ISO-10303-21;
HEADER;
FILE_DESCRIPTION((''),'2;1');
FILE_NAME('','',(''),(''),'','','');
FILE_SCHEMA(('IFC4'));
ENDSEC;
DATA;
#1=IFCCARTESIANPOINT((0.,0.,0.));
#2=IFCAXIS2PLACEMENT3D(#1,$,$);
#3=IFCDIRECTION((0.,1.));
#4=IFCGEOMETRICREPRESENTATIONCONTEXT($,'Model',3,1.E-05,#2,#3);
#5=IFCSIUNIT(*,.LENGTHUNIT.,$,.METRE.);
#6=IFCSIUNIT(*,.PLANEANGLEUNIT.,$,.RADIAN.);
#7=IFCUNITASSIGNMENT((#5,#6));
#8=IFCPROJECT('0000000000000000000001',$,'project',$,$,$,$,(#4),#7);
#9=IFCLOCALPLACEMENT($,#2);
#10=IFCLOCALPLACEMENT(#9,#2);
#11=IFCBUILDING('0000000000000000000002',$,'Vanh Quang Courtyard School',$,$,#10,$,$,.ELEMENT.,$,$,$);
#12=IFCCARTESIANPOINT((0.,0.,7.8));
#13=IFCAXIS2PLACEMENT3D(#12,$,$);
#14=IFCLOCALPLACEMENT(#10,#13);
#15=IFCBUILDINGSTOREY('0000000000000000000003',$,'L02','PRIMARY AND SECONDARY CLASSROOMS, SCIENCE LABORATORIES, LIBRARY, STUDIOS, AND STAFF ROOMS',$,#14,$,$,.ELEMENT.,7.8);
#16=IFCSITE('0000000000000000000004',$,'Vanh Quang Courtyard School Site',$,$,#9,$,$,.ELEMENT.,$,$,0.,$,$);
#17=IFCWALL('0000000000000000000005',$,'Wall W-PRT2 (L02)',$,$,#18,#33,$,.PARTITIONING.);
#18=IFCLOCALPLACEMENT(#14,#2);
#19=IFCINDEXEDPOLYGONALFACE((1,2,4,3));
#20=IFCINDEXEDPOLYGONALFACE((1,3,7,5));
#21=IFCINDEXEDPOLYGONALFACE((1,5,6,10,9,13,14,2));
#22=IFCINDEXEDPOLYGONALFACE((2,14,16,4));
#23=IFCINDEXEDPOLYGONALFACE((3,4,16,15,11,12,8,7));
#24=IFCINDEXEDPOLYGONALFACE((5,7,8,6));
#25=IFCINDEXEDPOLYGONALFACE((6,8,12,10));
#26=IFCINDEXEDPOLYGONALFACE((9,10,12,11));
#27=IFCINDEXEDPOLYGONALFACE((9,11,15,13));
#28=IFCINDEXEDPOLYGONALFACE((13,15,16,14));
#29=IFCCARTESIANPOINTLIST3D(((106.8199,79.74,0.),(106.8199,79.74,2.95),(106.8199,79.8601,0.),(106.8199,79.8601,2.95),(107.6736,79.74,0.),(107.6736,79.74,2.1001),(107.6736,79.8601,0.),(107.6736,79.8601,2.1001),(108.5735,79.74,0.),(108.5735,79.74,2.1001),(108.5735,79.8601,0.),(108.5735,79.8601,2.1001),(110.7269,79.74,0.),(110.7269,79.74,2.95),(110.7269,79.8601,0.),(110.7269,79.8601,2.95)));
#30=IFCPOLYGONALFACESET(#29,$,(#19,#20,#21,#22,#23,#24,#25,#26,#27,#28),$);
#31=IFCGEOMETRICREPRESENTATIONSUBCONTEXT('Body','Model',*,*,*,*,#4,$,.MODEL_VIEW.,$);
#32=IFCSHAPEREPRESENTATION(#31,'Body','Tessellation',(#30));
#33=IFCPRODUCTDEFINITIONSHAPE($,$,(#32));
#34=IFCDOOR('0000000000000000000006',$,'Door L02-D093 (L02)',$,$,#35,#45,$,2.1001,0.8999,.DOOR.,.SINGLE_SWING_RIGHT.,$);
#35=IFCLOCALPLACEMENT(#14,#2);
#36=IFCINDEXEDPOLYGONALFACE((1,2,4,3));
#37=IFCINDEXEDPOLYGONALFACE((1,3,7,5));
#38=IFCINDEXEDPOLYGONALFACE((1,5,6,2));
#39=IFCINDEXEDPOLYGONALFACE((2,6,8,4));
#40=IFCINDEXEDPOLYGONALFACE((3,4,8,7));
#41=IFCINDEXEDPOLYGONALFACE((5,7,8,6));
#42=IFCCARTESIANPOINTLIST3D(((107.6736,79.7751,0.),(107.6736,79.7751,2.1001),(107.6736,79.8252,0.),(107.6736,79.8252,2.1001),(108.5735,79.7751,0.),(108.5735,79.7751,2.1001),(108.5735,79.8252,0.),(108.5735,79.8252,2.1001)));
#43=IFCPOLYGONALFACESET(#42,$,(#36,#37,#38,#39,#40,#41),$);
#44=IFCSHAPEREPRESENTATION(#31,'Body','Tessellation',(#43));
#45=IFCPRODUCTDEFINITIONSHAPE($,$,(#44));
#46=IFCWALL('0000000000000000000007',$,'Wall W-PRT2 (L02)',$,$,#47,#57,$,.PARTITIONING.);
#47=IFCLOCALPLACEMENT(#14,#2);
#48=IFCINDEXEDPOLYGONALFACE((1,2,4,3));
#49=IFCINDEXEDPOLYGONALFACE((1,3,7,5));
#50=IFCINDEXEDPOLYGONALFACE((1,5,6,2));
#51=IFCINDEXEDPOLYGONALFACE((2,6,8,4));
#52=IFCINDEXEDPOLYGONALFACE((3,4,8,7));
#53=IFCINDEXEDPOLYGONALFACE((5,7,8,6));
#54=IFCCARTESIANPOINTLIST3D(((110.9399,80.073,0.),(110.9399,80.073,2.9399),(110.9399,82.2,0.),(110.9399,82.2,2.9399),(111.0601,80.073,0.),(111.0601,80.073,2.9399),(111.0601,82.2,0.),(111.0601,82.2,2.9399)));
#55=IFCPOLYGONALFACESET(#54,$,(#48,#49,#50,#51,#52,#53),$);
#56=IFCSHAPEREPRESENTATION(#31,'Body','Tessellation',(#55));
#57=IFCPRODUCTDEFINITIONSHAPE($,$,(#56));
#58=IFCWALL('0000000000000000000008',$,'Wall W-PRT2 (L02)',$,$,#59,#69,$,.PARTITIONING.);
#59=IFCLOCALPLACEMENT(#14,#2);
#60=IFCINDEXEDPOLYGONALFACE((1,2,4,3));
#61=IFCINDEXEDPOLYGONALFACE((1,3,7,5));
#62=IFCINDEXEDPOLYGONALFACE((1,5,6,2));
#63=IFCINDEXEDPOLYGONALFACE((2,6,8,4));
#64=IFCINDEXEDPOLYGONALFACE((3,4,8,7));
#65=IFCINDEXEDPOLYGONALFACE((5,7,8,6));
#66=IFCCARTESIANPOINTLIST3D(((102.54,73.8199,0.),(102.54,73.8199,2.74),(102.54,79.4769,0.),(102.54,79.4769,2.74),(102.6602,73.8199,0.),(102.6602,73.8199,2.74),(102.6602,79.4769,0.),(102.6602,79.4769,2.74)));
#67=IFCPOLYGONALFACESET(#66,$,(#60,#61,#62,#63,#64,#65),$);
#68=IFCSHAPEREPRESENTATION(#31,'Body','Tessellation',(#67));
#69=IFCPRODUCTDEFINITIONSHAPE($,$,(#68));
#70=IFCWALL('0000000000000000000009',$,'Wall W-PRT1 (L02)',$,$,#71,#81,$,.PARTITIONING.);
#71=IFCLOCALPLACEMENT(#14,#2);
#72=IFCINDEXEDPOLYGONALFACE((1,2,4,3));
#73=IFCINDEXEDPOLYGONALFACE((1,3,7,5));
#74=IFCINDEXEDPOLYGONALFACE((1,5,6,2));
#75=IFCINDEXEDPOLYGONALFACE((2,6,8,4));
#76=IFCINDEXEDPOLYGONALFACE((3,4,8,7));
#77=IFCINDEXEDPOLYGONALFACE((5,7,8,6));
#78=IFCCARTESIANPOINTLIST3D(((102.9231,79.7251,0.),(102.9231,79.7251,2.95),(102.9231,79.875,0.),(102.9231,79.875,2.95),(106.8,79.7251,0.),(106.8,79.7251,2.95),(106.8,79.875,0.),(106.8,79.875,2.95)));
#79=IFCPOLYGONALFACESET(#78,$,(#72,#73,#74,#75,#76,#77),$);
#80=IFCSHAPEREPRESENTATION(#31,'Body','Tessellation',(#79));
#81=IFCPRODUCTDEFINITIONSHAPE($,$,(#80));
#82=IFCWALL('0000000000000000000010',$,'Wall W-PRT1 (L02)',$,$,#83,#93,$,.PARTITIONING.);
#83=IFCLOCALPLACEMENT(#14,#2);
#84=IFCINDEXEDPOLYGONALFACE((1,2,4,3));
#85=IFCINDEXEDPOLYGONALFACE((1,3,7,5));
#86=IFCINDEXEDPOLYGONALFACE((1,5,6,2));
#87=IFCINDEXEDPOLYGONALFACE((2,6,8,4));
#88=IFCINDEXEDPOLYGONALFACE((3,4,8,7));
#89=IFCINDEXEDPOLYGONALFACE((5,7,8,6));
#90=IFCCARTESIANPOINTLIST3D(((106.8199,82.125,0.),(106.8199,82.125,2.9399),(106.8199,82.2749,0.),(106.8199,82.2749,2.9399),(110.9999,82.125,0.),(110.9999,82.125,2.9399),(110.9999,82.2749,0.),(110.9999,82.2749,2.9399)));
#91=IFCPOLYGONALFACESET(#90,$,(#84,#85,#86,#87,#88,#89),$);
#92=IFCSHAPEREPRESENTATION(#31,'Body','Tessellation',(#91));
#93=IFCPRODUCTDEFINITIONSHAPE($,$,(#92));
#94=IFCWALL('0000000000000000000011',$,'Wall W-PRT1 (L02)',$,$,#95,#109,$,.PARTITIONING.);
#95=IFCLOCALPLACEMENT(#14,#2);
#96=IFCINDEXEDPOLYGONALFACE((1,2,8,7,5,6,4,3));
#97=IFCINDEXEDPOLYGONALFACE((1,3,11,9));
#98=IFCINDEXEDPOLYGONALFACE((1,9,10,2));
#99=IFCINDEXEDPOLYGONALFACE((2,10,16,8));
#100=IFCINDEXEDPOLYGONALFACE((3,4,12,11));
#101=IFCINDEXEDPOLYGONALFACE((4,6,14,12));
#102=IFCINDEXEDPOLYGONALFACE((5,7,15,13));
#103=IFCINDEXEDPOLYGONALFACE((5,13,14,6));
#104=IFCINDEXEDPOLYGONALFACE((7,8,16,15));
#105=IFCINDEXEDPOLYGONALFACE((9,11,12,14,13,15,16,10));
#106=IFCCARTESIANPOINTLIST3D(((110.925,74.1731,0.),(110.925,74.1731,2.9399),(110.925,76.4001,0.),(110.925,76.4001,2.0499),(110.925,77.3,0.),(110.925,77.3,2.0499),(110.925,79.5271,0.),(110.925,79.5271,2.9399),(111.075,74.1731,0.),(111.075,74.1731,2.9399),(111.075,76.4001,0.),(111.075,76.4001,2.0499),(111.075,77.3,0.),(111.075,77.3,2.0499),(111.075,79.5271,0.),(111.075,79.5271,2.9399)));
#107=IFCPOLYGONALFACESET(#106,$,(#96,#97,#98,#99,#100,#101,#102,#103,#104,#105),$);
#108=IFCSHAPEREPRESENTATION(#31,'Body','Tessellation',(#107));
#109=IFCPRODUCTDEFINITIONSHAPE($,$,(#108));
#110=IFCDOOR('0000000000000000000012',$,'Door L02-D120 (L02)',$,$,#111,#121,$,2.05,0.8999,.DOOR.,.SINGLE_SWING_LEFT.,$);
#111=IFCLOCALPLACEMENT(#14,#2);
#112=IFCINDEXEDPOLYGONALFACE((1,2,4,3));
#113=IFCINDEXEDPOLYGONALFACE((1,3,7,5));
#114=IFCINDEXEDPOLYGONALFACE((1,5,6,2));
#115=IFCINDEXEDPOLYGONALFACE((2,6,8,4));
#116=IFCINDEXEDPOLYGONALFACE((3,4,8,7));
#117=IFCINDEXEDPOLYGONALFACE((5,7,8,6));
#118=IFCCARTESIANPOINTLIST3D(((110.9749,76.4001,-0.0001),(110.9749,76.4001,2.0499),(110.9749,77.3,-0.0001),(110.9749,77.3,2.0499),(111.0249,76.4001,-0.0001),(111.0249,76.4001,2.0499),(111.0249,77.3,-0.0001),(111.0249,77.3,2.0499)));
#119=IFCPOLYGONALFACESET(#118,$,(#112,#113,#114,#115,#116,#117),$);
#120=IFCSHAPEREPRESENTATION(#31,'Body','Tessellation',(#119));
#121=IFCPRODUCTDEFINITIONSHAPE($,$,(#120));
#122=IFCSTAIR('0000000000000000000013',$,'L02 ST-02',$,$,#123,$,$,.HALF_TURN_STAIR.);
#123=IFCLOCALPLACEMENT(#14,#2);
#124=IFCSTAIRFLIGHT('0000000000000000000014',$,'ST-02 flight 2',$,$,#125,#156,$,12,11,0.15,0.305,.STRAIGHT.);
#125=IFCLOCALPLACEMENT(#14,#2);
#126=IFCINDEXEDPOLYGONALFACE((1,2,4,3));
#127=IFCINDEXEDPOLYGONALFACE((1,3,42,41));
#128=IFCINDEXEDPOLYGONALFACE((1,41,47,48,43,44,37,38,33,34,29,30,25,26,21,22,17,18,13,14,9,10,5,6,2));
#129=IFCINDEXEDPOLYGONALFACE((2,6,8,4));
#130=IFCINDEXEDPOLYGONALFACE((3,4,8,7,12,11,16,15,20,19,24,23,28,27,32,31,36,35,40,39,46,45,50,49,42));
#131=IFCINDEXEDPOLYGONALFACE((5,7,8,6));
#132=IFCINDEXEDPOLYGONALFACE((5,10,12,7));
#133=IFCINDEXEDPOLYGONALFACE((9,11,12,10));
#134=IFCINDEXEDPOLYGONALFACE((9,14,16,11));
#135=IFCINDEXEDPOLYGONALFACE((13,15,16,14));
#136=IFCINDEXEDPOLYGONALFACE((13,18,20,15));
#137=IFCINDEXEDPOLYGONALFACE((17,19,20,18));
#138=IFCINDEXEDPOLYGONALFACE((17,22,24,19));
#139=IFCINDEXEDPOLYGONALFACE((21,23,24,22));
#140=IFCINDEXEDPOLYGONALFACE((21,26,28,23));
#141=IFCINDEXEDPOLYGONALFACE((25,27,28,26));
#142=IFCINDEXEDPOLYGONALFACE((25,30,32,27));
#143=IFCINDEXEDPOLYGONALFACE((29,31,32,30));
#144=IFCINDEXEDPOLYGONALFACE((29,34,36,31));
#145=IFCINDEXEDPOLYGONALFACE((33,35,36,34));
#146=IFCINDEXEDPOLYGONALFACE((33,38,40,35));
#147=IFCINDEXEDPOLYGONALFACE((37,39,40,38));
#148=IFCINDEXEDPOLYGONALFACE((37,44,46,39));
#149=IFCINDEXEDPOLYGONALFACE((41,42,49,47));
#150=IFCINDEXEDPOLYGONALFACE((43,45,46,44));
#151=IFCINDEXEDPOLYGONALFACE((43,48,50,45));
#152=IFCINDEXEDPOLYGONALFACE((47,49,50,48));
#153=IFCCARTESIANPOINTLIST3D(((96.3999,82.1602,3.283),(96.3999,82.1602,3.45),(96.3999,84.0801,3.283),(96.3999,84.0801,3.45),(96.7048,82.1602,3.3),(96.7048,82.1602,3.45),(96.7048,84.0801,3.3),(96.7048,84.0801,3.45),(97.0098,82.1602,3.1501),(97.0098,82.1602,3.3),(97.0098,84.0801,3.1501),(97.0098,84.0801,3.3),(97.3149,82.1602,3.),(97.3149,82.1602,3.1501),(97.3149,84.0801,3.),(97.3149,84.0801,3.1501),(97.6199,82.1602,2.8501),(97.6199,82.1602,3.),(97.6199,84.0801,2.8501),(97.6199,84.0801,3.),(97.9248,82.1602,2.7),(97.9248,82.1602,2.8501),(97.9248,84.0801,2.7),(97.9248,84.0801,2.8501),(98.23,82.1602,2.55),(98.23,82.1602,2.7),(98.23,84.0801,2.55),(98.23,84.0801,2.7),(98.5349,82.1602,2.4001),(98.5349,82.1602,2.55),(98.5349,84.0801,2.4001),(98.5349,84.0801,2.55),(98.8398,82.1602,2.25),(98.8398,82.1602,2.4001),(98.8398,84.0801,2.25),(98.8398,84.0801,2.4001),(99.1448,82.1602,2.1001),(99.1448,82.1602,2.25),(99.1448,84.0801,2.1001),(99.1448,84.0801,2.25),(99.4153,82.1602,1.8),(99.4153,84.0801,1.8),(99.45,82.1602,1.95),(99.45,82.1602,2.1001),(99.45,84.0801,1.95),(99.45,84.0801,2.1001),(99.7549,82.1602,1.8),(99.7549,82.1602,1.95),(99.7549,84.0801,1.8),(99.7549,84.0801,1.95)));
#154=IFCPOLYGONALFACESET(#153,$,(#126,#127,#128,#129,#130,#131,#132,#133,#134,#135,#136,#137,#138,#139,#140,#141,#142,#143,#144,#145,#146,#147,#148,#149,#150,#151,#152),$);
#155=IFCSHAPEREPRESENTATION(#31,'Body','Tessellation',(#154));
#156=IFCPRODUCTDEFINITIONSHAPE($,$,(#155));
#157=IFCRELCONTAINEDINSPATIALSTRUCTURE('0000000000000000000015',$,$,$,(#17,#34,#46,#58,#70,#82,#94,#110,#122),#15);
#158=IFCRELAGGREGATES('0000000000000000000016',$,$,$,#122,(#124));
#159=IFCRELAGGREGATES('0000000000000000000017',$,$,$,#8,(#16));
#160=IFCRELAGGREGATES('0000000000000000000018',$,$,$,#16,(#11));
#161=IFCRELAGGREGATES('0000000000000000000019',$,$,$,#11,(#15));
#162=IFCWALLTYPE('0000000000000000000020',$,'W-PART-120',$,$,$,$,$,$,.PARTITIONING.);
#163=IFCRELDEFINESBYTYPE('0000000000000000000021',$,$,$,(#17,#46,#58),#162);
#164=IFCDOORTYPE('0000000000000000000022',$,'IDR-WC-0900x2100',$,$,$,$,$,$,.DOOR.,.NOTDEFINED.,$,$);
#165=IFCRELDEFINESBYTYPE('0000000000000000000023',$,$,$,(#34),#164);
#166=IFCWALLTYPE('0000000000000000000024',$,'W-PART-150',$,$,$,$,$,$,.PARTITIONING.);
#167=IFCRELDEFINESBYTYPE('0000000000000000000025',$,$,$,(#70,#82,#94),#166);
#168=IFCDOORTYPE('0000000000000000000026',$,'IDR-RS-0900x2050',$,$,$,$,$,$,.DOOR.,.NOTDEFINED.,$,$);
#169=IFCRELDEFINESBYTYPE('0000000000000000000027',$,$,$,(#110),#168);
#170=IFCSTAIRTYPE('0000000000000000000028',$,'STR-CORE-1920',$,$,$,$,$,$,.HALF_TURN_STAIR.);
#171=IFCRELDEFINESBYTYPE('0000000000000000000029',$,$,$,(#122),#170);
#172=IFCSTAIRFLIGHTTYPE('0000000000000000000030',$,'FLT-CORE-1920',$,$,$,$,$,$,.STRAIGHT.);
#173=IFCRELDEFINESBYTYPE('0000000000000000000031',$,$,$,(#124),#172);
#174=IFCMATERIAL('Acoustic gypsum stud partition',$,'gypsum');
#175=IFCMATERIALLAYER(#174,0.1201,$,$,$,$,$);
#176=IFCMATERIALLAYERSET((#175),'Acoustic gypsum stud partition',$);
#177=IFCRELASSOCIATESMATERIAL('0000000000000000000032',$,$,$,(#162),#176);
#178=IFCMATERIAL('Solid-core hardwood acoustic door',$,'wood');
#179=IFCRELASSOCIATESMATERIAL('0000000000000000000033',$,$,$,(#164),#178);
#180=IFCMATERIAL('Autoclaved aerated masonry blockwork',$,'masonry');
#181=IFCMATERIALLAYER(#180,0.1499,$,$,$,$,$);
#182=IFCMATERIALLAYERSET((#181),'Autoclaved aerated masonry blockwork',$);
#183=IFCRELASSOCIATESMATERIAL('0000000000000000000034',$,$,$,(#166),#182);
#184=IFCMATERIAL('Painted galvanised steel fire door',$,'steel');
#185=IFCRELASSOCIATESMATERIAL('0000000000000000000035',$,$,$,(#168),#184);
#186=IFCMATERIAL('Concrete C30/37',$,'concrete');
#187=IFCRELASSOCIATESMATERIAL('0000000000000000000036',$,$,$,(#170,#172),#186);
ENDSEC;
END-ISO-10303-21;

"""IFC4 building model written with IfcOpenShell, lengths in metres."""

from ifc_helpers import new_model, si_unit, direction, frame, frame_2d, origin, place, context, subcontext, project, spatial, polyline, rectangle, outline, extrude, material, layer, layer_set, type_object, element, fill, aggregate, save


model = new_model("IFC4")

# Units and contexts
model_context = context("Model", 3, precision=1e-05, world=origin(), true_north=direction((0.0, 1.0)))
body_context = subcontext(model_context, "Body", "Model", "MODEL_VIEW")
ifc_project = project(units=[si_unit("LENGTHUNIT", "METRE"), si_unit("PLANEANGLEUNIT", "RADIAN")], contexts=[model_context])

# Site, building, storey
site_placement = place(None, origin())
site = spatial("IfcSite", under=ifc_project, at=site_placement, Name="Vanh Quang Courtyard School Site", CompositionType="ELEMENT", RefElevation=0.0)
building_placement = place(site_placement, origin())
building = spatial("IfcBuilding", under=site, at=building_placement, Name="Vanh Quang Courtyard School", CompositionType="ELEMENT")
storey_placement = place(building_placement, frame((0.0, 0.0, 7.8)))
storey = spatial("IfcBuildingStorey", under=building, at=storey_placement, Name="L02", Description="PRIMARY AND SECONDARY CLASSROOMS, SCIENCE LABORATORIES, LIBRARY, STUDIOS, AND STAFF ROOMS", CompositionType="ELEMENT", Elevation=7.8)

# Shared definitions
ifc_material_1 = material(Name="Concrete C30/37", Category="concrete")

# Shared definitions
ifc_material_2 = material(Name="Acoustic gypsum stud partition", Category="gypsum")
ifc_layer_1 = layer(ifc_material_2, 0.1201)
ifc_layer_set_1 = layer_set([ifc_layer_1], Name="Acoustic gypsum stud partition")
wall_type_1 = type_object("IfcWallType", Name="W-PART-120", PredefinedType="PARTITIONING", material=ifc_layer_set_1)

# Wall, opening, door
wall_1_placement = place(storey_placement, frame((110.7271, 79.8, 0.0), z_axis=(0.0, 0.0, 1.0), x_axis=(-1.0, 0.0, 0.0)))
wall_1 = element("IfcWall", 1, at=wall_1_placement, inside=storey, type_object=wall_type_1, Name="Wall W-PRT2 (L02)", PredefinedType="PARTITIONING", context=body_context, shape_type="SweptSolid", body=[
    extrude(rectangle(XDim=3.907, YDim=0.1201, at=frame_2d((1.9536, 0.0))), origin(), (0.0, 0.0, 1.0), 2.95),
])
opening_1_placement = place(wall_1_placement, frame((2.1536, 0.0, 0.0)))
opening_1 = element("IfcOpeningElement", 2, at=opening_1_placement, cuts=wall_1, PredefinedType="OPENING", context=body_context, shape_type="SweptSolid", body=[
    extrude(rectangle(XDim=0.8999, YDim=2.1001, at=frame_2d((0.45, 1.05))), frame((0.0, 0.0701, 0.0), z_axis=(0.0, -1.0, 0.0), x_axis=(1.0, 0.0, 0.0)), (0.0, 0.0, 1.0), 0.1401),
])
ifc_material_3 = material(Name="Solid-core hardwood acoustic door", Category="wood")
door_type_1 = type_object("IfcDoorType", Name="IDR-WC-0900x2100", OperationType="NOTDEFINED", PredefinedType="DOOR", material=ifc_material_3)
door_1_placement = place(opening_1_placement, origin())
door_1 = element("IfcDoor", 3, at=door_1_placement, inside=storey, type_object=door_type_1, Name="Door L02-D093 (L02)", OperationType="SINGLE_SWING_RIGHT", OverallHeight=2.1001, OverallWidth=0.8999, PredefinedType="DOOR", context=body_context, shape_type="SweptSolid", body=[
    extrude(rectangle(XDim=0.8999, YDim=2.1001, at=frame_2d((0.45, 1.05))), frame((0.0, 0.0249, 0.0), z_axis=(0.0, -1.0, 0.0), x_axis=(1.0, 0.0, 0.0)), (0.0, 0.0, 1.0), 0.05),
])
fill(opening_1, door_1)

# Walls
wall_2_placement = place(storey_placement, frame((111.0, 82.2, 0.0), z_axis=(0.0, 0.0, 1.0), x_axis=(0.0, -1.0, 0.0)))
element("IfcWall", 4, at=wall_2_placement, inside=storey, type_object=wall_type_1, Name="Wall W-PRT2 (L02)", PredefinedType="PARTITIONING", context=body_context, shape_type="SweptSolid", body=[
    extrude(rectangle(XDim=2.127, YDim=0.1201, at=frame_2d((1.0635, 0.0))), origin(), (0.0, 0.0, 1.0), 2.9399),
])
wall_3_placement = place(storey_placement, frame((102.6001, 79.4771, 0.0), z_axis=(0.0, 0.0, 1.0), x_axis=(0.0, -1.0, 0.0)))
element("IfcWall", 5, at=wall_3_placement, inside=storey, type_object=wall_type_1, Name="Wall W-PRT2 (L02)", PredefinedType="PARTITIONING", context=body_context, shape_type="SweptSolid", body=[
    extrude(rectangle(XDim=5.657, YDim=0.1201, at=frame_2d((2.8286, 0.0))), origin(), (0.0, 0.0, 1.0), 2.74),
])

# Shared definitions
ifc_material_4 = material(Name="Autoclaved aerated masonry blockwork", Category="masonry")
ifc_layer_2 = layer(ifc_material_4, 0.1499)
ifc_layer_set_2 = layer_set([ifc_layer_2], Name="Autoclaved aerated masonry blockwork")
wall_type_2 = type_object("IfcWallType", Name="W-PART-150", PredefinedType="PARTITIONING", material=ifc_layer_set_2)
ifc_material_5 = material(Name="Painted galvanised steel fire door", Category="steel")

# Walls
wall_4_placement = place(storey_placement, frame((106.8, 79.8, 0.0), z_axis=(0.0, 0.0, 1.0), x_axis=(-1.0, 0.0, 0.0)))
element("IfcWall", 6, at=wall_4_placement, inside=storey, type_object=wall_type_2, Name="Wall W-PRT1 (L02)", PredefinedType="PARTITIONING", context=body_context, shape_type="SweptSolid", body=[
    extrude(rectangle(XDim=3.877, YDim=0.1499, at=frame_2d((1.9385, 0.0))), origin(), (0.0, 0.0, 1.0), 2.95),
])
wall_5_placement = place(storey_placement, frame((106.8201, 82.2, 0.0), z_axis=(0.0, 0.0, 1.0), x_axis=(1.0, 0.0, 0.0)))
element("IfcWall", 7, at=wall_5_placement, inside=storey, type_object=wall_type_2, Name="Wall W-PRT1 (L02)", PredefinedType="PARTITIONING", context=body_context, shape_type="SweptSolid", body=[
    extrude(rectangle(XDim=4.1799, YDim=0.1499, at=frame_2d((2.0898, 0.0))), origin(), (0.0, 0.0, 1.0), 2.9399),
])

# Wall, opening, door
wall_6_placement = place(storey_placement, frame((111.0, 79.5271, 0.0), z_axis=(0.0, 0.0, 1.0), x_axis=(0.0, -1.0, 0.0)))
wall_6 = element("IfcWall", 8, at=wall_6_placement, inside=storey, type_object=wall_type_2, Name="Wall W-PRT1 (L02)", PredefinedType="PARTITIONING", context=body_context, shape_type="SweptSolid", body=[
    extrude(rectangle(XDim=5.354, YDim=0.1499, at=frame_2d((2.677, 0.0))), origin(), (0.0, 0.0, 1.0), 2.9399),
])
opening_2_placement = place(wall_6_placement, frame((2.2271, 0.0, 0.0)))
opening_2 = element("IfcOpeningElement", 9, at=opening_2_placement, cuts=wall_6, PredefinedType="OPENING", context=body_context, shape_type="SweptSolid", body=[
    extrude(rectangle(XDim=0.8999, YDim=2.05, at=frame_2d((0.45, 1.0249))), frame((0.0, 0.085, 0.0), z_axis=(0.0, -1.0, 0.0), x_axis=(1.0, 0.0, 0.0)), (0.0, 0.0, 1.0), 0.1699),
])
door_type_2 = type_object("IfcDoorType", Name="IDR-RS-0900x2050", OperationType="NOTDEFINED", PredefinedType="DOOR", material=ifc_material_5)
door_2_placement = place(opening_2_placement, origin())
door_2 = element("IfcDoor", 10, at=door_2_placement, inside=storey, type_object=door_type_2, Name="Door L02-D120 (L02)", OperationType="SINGLE_SWING_LEFT", OverallHeight=2.05, OverallWidth=0.8999, PredefinedType="DOOR", context=body_context, shape_type="SweptSolid", body=[
    extrude(rectangle(XDim=0.8999, YDim=2.05, at=frame_2d((0.45, 1.0249))), frame((0.0, 0.0249, 0.0), z_axis=(0.0, -1.0, 0.0), x_axis=(1.0, 0.0, 0.0)), (0.0, 0.0, 1.0), 0.05),
])
fill(opening_2, door_2)

# Stair, stair flight
stair_type = type_object("IfcStairType", Name="STR-CORE-1920", PredefinedType="HALF_TURN_STAIR", material=ifc_material_1)
stair_placement = place(storey_placement, origin())
stair = element("IfcStair", 11, at=stair_placement, inside=storey, type_object=stair_type, Name="L02 ST-02", PredefinedType="HALF_TURN_STAIR")
stair_flight_type = type_object("IfcStairFlightType", Name="FLT-CORE-1920", PredefinedType="STRAIGHT", material=ifc_material_1)
stair_flight_placement = place(storey_placement, frame((99.7549, 83.1201, 1.8), z_axis=(0.0, 0.0, 1.0), x_axis=(-1.0, 0.0, 0.0)))
stair_flight = element("IfcStairFlight", 12, at=stair_flight_placement, type_object=stair_flight_type, Name="ST-02 flight 2", NumberOfRisers=12, NumberOfTreads=11, PredefinedType="STRAIGHT", RiserHeight=0.15, TreadLength=0.305, context=body_context, shape_type="SweptSolid", body=[
    extrude(outline(polyline([(0.0, 0.0), (0.0, 0.1499), (0.3049, 0.1499), (0.3049, 0.3), (0.6101, 0.3), (0.6101, 0.45), (0.915, 0.45), (0.915, 0.6001), (1.22, 0.6001), (1.22, 0.75), (1.5249, 0.75), (1.5249, 0.8999), (1.8301, 0.8999), (1.8301, 1.05), (2.135, 1.05), (2.135, 1.2), (2.4399, 1.2), (2.4399, 1.3501), (2.7451, 1.3501), (2.7451, 1.5), (3.05, 1.5), (3.05, 1.6499), (3.355, 1.6499), (3.355, 1.8), (3.355, 1.4829), (0.3396, 0.0), (0.0, 0.0)])), frame((0.0, 0.96, 0.0), z_axis=(0.0, -1.0, 0.0), x_axis=(1.0, 0.0, 0.0)), (0.0, 0.0, 1.0), 1.9199),
])
aggregate(stair, [stair_flight])

save(model, "model.ifc")
